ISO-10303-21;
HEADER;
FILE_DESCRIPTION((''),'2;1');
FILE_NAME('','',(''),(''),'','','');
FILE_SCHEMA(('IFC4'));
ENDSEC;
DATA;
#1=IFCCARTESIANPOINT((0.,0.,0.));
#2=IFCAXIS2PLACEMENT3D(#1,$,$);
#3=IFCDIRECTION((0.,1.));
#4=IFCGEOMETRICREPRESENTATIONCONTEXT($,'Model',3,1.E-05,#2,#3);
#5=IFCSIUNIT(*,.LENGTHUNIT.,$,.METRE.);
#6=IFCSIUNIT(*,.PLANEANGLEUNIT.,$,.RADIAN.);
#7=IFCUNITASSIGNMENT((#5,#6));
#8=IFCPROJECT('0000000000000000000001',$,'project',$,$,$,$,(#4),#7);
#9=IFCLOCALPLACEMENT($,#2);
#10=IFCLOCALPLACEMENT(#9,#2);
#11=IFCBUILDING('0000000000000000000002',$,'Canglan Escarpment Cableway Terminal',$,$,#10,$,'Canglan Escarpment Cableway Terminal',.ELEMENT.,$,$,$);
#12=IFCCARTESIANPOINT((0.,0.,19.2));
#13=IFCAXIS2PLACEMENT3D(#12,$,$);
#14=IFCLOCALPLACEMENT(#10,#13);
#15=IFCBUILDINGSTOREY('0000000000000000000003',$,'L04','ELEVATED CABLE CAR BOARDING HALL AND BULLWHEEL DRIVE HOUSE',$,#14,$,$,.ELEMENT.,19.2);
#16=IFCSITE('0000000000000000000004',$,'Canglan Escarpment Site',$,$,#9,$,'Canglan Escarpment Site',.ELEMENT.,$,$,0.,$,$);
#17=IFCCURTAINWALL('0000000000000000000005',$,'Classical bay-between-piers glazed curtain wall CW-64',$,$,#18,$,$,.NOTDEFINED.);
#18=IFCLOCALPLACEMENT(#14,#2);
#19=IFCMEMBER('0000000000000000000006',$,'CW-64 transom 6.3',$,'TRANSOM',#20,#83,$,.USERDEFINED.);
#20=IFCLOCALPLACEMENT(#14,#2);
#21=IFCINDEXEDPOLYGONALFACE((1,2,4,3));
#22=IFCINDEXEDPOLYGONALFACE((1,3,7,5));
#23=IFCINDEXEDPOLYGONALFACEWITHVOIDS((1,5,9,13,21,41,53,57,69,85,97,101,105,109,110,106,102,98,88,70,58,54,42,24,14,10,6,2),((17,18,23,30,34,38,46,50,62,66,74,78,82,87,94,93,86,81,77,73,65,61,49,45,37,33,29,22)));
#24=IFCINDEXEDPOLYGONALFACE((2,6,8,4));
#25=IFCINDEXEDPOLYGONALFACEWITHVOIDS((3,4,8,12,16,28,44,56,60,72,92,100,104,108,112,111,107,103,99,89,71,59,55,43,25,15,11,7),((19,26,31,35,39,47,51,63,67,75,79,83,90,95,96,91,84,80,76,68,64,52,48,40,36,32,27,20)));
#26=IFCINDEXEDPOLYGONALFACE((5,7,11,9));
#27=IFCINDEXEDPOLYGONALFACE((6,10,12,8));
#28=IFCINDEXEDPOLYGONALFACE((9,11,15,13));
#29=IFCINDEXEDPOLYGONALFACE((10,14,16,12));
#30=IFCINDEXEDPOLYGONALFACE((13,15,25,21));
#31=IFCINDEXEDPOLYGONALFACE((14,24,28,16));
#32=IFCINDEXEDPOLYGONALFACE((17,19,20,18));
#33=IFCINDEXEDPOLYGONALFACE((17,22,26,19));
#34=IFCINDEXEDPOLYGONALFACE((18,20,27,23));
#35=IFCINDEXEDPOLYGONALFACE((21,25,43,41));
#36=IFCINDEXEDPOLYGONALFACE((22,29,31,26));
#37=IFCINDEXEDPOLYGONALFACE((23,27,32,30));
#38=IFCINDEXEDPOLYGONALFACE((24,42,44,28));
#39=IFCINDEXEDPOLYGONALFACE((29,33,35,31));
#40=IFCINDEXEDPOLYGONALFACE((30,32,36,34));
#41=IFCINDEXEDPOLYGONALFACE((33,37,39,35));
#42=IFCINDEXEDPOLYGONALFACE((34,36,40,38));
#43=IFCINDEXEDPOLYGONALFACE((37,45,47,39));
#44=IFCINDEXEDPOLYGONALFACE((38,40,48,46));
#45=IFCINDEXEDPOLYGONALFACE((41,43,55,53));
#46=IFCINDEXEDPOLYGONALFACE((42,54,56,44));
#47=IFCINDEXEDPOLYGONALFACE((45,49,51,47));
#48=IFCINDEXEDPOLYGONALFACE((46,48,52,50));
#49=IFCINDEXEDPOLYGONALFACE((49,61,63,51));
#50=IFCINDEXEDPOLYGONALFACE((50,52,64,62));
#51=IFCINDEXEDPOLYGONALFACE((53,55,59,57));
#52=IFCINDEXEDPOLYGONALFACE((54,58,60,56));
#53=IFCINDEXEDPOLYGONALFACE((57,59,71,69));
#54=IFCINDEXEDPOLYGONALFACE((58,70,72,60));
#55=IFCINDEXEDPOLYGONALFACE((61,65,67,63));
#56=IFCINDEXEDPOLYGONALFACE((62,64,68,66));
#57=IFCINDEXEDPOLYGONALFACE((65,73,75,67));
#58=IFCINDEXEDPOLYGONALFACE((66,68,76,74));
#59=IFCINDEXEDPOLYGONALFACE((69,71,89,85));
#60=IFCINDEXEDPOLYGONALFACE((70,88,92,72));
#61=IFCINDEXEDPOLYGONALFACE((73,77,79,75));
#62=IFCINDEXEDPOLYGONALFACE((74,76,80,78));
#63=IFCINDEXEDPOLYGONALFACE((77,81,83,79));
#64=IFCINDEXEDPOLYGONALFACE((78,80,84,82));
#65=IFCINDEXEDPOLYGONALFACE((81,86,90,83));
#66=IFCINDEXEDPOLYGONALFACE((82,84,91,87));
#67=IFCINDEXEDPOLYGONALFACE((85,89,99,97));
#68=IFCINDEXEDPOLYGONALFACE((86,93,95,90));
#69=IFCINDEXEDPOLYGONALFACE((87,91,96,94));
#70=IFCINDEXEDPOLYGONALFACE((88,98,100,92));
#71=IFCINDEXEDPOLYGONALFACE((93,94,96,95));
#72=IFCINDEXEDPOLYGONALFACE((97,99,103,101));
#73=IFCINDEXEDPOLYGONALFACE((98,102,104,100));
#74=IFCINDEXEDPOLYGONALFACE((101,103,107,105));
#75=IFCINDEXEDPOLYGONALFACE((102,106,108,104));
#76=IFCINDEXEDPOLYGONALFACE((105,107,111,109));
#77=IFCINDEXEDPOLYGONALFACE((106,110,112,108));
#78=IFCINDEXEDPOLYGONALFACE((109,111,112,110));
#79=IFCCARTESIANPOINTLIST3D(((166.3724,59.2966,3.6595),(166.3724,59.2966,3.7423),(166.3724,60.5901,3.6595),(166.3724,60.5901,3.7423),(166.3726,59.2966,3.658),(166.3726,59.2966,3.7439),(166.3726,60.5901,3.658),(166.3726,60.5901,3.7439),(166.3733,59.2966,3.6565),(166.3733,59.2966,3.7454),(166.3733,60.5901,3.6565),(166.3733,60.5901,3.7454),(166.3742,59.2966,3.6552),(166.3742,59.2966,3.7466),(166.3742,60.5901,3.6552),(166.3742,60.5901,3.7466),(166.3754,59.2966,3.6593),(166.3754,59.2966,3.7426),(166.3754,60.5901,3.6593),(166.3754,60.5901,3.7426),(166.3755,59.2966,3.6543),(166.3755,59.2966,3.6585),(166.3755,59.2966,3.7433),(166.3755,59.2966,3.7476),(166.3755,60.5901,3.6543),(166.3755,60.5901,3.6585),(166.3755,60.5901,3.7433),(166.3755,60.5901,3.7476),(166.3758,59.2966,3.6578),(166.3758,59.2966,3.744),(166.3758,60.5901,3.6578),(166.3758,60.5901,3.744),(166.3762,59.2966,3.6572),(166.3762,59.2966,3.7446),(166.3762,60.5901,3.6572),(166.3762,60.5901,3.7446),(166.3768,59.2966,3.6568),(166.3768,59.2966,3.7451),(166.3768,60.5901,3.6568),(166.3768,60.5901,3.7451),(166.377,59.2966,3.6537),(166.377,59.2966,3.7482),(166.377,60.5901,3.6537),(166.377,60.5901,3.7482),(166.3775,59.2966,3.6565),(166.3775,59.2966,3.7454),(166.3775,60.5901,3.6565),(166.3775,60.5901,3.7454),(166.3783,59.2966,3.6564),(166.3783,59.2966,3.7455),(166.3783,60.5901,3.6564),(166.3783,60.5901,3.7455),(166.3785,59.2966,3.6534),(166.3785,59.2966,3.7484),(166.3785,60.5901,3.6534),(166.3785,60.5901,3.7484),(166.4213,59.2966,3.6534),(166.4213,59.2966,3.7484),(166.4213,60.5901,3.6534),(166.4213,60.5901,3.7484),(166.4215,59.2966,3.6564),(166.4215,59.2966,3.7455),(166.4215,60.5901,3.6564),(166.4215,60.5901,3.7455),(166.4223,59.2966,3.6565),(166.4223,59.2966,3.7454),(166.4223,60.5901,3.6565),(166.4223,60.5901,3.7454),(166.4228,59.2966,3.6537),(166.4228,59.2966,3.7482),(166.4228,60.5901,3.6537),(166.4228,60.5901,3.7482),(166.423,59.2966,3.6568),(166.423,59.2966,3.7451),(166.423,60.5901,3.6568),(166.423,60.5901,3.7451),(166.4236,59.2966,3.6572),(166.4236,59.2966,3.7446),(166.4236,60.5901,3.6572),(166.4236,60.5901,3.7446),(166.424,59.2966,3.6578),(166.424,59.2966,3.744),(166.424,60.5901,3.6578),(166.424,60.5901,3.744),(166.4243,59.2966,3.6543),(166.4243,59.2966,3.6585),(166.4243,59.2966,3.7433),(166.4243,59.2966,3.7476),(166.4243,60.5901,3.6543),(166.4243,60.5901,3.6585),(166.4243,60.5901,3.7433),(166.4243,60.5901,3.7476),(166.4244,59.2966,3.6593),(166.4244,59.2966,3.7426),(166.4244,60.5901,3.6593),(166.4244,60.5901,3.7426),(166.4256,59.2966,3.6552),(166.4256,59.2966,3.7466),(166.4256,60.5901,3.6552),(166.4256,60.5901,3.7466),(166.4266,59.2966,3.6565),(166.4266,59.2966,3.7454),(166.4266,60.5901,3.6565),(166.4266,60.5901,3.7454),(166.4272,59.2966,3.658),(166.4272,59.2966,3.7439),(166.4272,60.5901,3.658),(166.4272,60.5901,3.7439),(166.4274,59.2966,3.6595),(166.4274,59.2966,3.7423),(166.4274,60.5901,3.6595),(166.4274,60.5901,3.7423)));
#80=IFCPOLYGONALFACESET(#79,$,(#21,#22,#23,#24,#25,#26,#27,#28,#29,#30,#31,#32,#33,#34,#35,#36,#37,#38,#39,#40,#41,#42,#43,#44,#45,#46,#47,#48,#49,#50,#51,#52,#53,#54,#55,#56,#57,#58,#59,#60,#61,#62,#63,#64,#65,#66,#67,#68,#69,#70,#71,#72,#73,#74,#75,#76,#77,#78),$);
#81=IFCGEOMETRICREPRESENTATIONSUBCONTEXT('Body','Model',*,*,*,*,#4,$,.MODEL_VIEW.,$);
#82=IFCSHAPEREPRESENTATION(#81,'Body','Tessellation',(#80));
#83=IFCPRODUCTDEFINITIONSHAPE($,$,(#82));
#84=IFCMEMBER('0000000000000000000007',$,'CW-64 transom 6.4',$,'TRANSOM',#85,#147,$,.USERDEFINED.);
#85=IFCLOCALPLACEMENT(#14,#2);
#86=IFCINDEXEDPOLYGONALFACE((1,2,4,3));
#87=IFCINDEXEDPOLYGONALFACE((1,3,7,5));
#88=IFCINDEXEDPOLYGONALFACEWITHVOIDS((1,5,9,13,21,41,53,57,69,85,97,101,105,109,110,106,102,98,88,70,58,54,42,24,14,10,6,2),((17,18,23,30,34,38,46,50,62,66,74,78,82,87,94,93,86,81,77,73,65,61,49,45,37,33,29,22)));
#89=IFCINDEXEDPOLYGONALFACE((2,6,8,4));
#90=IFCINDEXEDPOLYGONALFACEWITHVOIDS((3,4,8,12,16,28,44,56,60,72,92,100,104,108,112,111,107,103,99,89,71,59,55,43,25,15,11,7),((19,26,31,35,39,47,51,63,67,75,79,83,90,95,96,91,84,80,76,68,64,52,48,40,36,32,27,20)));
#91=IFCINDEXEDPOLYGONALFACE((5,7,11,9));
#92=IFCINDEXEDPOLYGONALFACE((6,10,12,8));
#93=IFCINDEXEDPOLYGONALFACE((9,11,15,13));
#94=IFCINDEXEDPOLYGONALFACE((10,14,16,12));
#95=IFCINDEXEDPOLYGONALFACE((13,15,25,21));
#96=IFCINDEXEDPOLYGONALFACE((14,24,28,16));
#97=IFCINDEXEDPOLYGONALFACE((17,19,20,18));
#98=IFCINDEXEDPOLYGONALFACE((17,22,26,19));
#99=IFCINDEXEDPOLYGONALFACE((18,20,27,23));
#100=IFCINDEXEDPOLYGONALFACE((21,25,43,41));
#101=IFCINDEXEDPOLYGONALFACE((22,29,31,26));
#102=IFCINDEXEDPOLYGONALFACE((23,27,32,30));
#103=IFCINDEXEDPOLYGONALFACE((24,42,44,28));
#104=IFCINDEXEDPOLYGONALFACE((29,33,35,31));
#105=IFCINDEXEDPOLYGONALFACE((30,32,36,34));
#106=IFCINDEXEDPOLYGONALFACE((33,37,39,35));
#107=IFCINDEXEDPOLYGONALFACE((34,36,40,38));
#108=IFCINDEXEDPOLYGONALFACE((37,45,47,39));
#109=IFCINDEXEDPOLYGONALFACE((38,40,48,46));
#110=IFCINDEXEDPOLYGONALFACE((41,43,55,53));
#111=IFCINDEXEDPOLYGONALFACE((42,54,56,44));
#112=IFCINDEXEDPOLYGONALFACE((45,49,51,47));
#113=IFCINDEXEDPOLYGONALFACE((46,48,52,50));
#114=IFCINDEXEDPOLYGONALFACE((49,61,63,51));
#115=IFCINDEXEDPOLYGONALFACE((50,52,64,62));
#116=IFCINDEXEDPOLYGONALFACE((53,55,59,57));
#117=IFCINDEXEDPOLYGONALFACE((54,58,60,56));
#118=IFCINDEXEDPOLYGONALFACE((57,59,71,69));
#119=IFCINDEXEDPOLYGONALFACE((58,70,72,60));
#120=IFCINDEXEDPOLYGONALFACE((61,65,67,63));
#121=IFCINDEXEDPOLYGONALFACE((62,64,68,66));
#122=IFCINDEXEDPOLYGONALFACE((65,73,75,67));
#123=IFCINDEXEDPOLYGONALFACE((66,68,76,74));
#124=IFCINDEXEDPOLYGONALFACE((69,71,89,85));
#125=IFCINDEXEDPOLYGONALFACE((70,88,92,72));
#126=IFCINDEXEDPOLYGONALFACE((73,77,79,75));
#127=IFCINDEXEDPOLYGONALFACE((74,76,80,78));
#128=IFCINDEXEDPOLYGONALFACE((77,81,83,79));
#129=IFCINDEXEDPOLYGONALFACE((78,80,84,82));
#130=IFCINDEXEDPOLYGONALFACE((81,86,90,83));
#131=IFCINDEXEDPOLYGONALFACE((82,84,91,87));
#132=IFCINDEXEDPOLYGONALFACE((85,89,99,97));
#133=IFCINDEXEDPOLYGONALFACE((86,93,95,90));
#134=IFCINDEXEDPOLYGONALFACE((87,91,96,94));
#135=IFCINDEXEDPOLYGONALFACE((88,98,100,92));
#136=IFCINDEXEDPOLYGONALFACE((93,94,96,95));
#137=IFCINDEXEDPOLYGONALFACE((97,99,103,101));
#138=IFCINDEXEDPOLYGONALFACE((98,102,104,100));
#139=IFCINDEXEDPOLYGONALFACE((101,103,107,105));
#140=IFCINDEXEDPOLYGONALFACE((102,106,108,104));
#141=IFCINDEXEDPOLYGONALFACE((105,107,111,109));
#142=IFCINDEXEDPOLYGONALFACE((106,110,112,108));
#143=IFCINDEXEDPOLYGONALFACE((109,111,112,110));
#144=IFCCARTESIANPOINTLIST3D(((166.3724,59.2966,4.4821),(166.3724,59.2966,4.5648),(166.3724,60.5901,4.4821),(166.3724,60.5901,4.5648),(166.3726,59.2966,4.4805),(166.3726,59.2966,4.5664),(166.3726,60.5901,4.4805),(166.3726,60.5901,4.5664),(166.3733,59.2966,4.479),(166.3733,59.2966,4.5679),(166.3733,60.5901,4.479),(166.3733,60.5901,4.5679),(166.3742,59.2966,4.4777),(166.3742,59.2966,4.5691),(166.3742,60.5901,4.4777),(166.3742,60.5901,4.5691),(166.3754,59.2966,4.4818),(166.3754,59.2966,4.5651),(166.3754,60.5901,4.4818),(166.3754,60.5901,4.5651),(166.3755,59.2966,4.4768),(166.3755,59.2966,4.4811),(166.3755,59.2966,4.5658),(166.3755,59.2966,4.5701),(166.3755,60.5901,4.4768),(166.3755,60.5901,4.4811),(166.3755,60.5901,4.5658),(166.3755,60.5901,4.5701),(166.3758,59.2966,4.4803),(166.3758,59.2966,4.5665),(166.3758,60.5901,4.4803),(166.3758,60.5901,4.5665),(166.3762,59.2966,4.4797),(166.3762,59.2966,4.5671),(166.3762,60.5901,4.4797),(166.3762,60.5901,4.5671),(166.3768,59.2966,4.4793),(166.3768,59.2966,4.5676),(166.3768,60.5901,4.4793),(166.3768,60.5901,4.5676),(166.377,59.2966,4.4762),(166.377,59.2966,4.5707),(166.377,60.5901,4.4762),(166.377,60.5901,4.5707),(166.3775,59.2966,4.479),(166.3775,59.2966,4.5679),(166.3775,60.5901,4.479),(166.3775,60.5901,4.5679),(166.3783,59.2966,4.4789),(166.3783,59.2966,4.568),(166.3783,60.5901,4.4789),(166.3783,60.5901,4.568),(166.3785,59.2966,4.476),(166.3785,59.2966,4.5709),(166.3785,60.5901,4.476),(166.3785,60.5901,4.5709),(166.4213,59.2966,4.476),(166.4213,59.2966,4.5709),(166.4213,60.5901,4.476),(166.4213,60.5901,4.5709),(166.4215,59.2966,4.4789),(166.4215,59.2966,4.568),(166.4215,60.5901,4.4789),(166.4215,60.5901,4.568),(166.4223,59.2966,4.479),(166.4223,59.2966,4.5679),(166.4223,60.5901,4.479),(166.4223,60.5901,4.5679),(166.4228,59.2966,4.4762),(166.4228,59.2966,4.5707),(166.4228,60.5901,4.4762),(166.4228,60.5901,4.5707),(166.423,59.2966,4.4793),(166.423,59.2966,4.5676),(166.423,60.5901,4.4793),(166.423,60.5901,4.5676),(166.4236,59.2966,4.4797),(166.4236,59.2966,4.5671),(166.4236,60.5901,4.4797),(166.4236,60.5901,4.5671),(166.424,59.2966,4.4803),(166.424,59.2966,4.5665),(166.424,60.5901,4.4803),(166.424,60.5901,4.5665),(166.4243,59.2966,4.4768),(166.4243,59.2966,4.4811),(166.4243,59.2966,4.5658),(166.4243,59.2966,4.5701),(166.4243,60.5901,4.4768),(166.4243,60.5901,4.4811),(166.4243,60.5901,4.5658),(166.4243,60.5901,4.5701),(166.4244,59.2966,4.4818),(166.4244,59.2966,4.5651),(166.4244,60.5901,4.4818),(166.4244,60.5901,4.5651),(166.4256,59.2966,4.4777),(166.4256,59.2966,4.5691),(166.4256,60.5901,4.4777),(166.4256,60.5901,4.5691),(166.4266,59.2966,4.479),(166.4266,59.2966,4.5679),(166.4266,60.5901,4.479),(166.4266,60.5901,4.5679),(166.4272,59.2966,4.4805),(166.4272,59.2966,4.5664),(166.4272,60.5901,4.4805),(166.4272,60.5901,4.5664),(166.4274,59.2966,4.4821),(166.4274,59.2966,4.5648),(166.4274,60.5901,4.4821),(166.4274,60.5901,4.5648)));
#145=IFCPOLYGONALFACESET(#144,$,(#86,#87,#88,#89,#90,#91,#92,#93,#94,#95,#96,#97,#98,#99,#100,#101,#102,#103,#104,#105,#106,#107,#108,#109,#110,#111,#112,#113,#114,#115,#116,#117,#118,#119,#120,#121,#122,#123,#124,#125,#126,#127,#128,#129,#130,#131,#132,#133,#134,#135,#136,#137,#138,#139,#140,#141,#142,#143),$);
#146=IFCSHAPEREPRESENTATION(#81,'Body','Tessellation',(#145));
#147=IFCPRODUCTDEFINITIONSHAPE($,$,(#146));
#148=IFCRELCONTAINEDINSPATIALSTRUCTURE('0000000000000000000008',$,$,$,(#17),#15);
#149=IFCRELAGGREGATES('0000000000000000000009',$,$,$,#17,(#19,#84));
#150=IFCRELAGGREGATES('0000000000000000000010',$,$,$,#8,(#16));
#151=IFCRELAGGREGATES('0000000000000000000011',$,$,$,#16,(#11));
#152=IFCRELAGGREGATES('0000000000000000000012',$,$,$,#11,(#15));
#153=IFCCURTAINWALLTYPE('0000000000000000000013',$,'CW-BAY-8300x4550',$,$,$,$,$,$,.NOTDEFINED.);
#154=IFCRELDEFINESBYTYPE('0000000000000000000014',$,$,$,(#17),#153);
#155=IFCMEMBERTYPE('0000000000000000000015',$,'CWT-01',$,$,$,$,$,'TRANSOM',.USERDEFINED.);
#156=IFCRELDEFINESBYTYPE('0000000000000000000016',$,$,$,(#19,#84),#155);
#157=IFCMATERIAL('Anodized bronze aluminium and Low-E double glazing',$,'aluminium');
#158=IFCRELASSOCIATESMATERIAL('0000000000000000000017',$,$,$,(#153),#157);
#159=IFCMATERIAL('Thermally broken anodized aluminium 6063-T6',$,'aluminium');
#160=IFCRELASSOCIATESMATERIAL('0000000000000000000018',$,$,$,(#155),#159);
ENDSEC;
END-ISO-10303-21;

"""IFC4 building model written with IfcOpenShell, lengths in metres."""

from ifc_helpers import new_model, si_unit, direction, frame, origin, origin_2d, place, context, subcontext, project, spatial, hollow_rectangle, extrude, material, material_profile, profile_set, type_object, element, aggregate, save


model = new_model("IFC4")

# Units and contexts
model_context = context("Model", 3, precision=1e-05, world=origin(), true_north=direction((0.0, 1.0)))
body_context = subcontext(model_context, "Body", "Model", "MODEL_VIEW")
ifc_project = project(units=[si_unit("LENGTHUNIT", "METRE"), si_unit("PLANEANGLEUNIT", "RADIAN")], contexts=[model_context])

# Site, building, storey
site_placement = place(None, origin())
site = spatial("IfcSite", under=ifc_project, at=site_placement, Name="Canglan Escarpment Site", LongName="Canglan Escarpment Site", CompositionType="ELEMENT", RefElevation=0.0)
building_placement = place(site_placement, origin())
building = spatial("IfcBuilding", under=site, at=building_placement, Name="Canglan Escarpment Cableway Terminal", LongName="Canglan Escarpment Cableway Terminal", CompositionType="ELEMENT")
storey_placement = place(building_placement, frame((0.0, 0.0, 19.2)))
storey = spatial("IfcBuildingStorey", under=building, at=storey_placement, Name="L04", Description="ELEVATED CABLE CAR BOARDING HALL AND BULLWHEEL DRIVE HOUSE", CompositionType="ELEMENT", Elevation=19.2)

# Curtain wall
ifc_material_1 = material(Name="Anodized bronze aluminium and Low-E double glazing", Category="aluminium")
curtain_wall_type = type_object("IfcCurtainWallType", Name="CW-BAY-8300x4550", PredefinedType="NOTDEFINED", material=ifc_material_1)
curtain_wall_1_placement = place(storey_placement, origin())
curtain_wall_1 = element("IfcCurtainWall", 1, at=curtain_wall_1_placement, inside=storey, type_object=curtain_wall_type, Name="Classical bay-between-piers glazed curtain wall CW-64", PredefinedType="NOTDEFINED")
ifc_material_2 = material(Name="Thermally broken anodized aluminium 6063-T6", Category="aluminium")

# Members
ifc_material_profile_1 = material_profile(ifc_material_2, hollow_rectangle(XDim=0.0549, YDim=0.095, WallThickness=0.0029, InnerFilletRadius=0.0029, OuterFilletRadius=0.0061, at=origin_2d()), Name="ALU-TRAN 55x95x3")
ifc_profile_set_1 = profile_set([ifc_material_profile_1], Name="Thermally broken anodized aluminium 6063-T6")
member_type_1 = type_object("IfcMemberType", Name="CWT-01", ElementType="TRANSOM", PredefinedType="USERDEFINED", material=ifc_profile_set_1)
member_1_placement = place(storey_placement, frame((166.3999, 59.2966, 3.7009), z_axis=(0.0, 1.0, 0.0), x_axis=(-1.0, 0.0, 0.0)))
member_1 = element("IfcMember", 2, at=member_1_placement, type_object=member_type_1, Name="CW-64 transom 6.3", ObjectType="TRANSOM", PredefinedType="USERDEFINED", context=body_context, shape_type="SweptSolid", body=[
    extrude(hollow_rectangle(XDim=0.0549, YDim=0.095, WallThickness=0.0029, InnerFilletRadius=0.0029, OuterFilletRadius=0.0061, at=origin_2d()), origin(), (0.0, 0.0, 1.0), 1.2935),
])
member_2_placement = place(storey_placement, frame((166.3999, 59.2966, 4.5234), z_axis=(0.0, 1.0, 0.0), x_axis=(-1.0, 0.0, 0.0)))
member_2 = element("IfcMember", 3, at=member_2_placement, type_object=member_type_1, Name="CW-64 transom 6.4", ObjectType="TRANSOM", PredefinedType="USERDEFINED", context=body_context, shape_type="SweptSolid", body=[
    extrude(hollow_rectangle(XDim=0.0549, YDim=0.095, WallThickness=0.0029, InnerFilletRadius=0.0029, OuterFilletRadius=0.0061, at=origin_2d()), origin(), (0.0, 0.0, 1.0), 1.2935),
])

aggregate(curtain_wall_1, [member_1, member_2])

save(model, "model.ifc")
